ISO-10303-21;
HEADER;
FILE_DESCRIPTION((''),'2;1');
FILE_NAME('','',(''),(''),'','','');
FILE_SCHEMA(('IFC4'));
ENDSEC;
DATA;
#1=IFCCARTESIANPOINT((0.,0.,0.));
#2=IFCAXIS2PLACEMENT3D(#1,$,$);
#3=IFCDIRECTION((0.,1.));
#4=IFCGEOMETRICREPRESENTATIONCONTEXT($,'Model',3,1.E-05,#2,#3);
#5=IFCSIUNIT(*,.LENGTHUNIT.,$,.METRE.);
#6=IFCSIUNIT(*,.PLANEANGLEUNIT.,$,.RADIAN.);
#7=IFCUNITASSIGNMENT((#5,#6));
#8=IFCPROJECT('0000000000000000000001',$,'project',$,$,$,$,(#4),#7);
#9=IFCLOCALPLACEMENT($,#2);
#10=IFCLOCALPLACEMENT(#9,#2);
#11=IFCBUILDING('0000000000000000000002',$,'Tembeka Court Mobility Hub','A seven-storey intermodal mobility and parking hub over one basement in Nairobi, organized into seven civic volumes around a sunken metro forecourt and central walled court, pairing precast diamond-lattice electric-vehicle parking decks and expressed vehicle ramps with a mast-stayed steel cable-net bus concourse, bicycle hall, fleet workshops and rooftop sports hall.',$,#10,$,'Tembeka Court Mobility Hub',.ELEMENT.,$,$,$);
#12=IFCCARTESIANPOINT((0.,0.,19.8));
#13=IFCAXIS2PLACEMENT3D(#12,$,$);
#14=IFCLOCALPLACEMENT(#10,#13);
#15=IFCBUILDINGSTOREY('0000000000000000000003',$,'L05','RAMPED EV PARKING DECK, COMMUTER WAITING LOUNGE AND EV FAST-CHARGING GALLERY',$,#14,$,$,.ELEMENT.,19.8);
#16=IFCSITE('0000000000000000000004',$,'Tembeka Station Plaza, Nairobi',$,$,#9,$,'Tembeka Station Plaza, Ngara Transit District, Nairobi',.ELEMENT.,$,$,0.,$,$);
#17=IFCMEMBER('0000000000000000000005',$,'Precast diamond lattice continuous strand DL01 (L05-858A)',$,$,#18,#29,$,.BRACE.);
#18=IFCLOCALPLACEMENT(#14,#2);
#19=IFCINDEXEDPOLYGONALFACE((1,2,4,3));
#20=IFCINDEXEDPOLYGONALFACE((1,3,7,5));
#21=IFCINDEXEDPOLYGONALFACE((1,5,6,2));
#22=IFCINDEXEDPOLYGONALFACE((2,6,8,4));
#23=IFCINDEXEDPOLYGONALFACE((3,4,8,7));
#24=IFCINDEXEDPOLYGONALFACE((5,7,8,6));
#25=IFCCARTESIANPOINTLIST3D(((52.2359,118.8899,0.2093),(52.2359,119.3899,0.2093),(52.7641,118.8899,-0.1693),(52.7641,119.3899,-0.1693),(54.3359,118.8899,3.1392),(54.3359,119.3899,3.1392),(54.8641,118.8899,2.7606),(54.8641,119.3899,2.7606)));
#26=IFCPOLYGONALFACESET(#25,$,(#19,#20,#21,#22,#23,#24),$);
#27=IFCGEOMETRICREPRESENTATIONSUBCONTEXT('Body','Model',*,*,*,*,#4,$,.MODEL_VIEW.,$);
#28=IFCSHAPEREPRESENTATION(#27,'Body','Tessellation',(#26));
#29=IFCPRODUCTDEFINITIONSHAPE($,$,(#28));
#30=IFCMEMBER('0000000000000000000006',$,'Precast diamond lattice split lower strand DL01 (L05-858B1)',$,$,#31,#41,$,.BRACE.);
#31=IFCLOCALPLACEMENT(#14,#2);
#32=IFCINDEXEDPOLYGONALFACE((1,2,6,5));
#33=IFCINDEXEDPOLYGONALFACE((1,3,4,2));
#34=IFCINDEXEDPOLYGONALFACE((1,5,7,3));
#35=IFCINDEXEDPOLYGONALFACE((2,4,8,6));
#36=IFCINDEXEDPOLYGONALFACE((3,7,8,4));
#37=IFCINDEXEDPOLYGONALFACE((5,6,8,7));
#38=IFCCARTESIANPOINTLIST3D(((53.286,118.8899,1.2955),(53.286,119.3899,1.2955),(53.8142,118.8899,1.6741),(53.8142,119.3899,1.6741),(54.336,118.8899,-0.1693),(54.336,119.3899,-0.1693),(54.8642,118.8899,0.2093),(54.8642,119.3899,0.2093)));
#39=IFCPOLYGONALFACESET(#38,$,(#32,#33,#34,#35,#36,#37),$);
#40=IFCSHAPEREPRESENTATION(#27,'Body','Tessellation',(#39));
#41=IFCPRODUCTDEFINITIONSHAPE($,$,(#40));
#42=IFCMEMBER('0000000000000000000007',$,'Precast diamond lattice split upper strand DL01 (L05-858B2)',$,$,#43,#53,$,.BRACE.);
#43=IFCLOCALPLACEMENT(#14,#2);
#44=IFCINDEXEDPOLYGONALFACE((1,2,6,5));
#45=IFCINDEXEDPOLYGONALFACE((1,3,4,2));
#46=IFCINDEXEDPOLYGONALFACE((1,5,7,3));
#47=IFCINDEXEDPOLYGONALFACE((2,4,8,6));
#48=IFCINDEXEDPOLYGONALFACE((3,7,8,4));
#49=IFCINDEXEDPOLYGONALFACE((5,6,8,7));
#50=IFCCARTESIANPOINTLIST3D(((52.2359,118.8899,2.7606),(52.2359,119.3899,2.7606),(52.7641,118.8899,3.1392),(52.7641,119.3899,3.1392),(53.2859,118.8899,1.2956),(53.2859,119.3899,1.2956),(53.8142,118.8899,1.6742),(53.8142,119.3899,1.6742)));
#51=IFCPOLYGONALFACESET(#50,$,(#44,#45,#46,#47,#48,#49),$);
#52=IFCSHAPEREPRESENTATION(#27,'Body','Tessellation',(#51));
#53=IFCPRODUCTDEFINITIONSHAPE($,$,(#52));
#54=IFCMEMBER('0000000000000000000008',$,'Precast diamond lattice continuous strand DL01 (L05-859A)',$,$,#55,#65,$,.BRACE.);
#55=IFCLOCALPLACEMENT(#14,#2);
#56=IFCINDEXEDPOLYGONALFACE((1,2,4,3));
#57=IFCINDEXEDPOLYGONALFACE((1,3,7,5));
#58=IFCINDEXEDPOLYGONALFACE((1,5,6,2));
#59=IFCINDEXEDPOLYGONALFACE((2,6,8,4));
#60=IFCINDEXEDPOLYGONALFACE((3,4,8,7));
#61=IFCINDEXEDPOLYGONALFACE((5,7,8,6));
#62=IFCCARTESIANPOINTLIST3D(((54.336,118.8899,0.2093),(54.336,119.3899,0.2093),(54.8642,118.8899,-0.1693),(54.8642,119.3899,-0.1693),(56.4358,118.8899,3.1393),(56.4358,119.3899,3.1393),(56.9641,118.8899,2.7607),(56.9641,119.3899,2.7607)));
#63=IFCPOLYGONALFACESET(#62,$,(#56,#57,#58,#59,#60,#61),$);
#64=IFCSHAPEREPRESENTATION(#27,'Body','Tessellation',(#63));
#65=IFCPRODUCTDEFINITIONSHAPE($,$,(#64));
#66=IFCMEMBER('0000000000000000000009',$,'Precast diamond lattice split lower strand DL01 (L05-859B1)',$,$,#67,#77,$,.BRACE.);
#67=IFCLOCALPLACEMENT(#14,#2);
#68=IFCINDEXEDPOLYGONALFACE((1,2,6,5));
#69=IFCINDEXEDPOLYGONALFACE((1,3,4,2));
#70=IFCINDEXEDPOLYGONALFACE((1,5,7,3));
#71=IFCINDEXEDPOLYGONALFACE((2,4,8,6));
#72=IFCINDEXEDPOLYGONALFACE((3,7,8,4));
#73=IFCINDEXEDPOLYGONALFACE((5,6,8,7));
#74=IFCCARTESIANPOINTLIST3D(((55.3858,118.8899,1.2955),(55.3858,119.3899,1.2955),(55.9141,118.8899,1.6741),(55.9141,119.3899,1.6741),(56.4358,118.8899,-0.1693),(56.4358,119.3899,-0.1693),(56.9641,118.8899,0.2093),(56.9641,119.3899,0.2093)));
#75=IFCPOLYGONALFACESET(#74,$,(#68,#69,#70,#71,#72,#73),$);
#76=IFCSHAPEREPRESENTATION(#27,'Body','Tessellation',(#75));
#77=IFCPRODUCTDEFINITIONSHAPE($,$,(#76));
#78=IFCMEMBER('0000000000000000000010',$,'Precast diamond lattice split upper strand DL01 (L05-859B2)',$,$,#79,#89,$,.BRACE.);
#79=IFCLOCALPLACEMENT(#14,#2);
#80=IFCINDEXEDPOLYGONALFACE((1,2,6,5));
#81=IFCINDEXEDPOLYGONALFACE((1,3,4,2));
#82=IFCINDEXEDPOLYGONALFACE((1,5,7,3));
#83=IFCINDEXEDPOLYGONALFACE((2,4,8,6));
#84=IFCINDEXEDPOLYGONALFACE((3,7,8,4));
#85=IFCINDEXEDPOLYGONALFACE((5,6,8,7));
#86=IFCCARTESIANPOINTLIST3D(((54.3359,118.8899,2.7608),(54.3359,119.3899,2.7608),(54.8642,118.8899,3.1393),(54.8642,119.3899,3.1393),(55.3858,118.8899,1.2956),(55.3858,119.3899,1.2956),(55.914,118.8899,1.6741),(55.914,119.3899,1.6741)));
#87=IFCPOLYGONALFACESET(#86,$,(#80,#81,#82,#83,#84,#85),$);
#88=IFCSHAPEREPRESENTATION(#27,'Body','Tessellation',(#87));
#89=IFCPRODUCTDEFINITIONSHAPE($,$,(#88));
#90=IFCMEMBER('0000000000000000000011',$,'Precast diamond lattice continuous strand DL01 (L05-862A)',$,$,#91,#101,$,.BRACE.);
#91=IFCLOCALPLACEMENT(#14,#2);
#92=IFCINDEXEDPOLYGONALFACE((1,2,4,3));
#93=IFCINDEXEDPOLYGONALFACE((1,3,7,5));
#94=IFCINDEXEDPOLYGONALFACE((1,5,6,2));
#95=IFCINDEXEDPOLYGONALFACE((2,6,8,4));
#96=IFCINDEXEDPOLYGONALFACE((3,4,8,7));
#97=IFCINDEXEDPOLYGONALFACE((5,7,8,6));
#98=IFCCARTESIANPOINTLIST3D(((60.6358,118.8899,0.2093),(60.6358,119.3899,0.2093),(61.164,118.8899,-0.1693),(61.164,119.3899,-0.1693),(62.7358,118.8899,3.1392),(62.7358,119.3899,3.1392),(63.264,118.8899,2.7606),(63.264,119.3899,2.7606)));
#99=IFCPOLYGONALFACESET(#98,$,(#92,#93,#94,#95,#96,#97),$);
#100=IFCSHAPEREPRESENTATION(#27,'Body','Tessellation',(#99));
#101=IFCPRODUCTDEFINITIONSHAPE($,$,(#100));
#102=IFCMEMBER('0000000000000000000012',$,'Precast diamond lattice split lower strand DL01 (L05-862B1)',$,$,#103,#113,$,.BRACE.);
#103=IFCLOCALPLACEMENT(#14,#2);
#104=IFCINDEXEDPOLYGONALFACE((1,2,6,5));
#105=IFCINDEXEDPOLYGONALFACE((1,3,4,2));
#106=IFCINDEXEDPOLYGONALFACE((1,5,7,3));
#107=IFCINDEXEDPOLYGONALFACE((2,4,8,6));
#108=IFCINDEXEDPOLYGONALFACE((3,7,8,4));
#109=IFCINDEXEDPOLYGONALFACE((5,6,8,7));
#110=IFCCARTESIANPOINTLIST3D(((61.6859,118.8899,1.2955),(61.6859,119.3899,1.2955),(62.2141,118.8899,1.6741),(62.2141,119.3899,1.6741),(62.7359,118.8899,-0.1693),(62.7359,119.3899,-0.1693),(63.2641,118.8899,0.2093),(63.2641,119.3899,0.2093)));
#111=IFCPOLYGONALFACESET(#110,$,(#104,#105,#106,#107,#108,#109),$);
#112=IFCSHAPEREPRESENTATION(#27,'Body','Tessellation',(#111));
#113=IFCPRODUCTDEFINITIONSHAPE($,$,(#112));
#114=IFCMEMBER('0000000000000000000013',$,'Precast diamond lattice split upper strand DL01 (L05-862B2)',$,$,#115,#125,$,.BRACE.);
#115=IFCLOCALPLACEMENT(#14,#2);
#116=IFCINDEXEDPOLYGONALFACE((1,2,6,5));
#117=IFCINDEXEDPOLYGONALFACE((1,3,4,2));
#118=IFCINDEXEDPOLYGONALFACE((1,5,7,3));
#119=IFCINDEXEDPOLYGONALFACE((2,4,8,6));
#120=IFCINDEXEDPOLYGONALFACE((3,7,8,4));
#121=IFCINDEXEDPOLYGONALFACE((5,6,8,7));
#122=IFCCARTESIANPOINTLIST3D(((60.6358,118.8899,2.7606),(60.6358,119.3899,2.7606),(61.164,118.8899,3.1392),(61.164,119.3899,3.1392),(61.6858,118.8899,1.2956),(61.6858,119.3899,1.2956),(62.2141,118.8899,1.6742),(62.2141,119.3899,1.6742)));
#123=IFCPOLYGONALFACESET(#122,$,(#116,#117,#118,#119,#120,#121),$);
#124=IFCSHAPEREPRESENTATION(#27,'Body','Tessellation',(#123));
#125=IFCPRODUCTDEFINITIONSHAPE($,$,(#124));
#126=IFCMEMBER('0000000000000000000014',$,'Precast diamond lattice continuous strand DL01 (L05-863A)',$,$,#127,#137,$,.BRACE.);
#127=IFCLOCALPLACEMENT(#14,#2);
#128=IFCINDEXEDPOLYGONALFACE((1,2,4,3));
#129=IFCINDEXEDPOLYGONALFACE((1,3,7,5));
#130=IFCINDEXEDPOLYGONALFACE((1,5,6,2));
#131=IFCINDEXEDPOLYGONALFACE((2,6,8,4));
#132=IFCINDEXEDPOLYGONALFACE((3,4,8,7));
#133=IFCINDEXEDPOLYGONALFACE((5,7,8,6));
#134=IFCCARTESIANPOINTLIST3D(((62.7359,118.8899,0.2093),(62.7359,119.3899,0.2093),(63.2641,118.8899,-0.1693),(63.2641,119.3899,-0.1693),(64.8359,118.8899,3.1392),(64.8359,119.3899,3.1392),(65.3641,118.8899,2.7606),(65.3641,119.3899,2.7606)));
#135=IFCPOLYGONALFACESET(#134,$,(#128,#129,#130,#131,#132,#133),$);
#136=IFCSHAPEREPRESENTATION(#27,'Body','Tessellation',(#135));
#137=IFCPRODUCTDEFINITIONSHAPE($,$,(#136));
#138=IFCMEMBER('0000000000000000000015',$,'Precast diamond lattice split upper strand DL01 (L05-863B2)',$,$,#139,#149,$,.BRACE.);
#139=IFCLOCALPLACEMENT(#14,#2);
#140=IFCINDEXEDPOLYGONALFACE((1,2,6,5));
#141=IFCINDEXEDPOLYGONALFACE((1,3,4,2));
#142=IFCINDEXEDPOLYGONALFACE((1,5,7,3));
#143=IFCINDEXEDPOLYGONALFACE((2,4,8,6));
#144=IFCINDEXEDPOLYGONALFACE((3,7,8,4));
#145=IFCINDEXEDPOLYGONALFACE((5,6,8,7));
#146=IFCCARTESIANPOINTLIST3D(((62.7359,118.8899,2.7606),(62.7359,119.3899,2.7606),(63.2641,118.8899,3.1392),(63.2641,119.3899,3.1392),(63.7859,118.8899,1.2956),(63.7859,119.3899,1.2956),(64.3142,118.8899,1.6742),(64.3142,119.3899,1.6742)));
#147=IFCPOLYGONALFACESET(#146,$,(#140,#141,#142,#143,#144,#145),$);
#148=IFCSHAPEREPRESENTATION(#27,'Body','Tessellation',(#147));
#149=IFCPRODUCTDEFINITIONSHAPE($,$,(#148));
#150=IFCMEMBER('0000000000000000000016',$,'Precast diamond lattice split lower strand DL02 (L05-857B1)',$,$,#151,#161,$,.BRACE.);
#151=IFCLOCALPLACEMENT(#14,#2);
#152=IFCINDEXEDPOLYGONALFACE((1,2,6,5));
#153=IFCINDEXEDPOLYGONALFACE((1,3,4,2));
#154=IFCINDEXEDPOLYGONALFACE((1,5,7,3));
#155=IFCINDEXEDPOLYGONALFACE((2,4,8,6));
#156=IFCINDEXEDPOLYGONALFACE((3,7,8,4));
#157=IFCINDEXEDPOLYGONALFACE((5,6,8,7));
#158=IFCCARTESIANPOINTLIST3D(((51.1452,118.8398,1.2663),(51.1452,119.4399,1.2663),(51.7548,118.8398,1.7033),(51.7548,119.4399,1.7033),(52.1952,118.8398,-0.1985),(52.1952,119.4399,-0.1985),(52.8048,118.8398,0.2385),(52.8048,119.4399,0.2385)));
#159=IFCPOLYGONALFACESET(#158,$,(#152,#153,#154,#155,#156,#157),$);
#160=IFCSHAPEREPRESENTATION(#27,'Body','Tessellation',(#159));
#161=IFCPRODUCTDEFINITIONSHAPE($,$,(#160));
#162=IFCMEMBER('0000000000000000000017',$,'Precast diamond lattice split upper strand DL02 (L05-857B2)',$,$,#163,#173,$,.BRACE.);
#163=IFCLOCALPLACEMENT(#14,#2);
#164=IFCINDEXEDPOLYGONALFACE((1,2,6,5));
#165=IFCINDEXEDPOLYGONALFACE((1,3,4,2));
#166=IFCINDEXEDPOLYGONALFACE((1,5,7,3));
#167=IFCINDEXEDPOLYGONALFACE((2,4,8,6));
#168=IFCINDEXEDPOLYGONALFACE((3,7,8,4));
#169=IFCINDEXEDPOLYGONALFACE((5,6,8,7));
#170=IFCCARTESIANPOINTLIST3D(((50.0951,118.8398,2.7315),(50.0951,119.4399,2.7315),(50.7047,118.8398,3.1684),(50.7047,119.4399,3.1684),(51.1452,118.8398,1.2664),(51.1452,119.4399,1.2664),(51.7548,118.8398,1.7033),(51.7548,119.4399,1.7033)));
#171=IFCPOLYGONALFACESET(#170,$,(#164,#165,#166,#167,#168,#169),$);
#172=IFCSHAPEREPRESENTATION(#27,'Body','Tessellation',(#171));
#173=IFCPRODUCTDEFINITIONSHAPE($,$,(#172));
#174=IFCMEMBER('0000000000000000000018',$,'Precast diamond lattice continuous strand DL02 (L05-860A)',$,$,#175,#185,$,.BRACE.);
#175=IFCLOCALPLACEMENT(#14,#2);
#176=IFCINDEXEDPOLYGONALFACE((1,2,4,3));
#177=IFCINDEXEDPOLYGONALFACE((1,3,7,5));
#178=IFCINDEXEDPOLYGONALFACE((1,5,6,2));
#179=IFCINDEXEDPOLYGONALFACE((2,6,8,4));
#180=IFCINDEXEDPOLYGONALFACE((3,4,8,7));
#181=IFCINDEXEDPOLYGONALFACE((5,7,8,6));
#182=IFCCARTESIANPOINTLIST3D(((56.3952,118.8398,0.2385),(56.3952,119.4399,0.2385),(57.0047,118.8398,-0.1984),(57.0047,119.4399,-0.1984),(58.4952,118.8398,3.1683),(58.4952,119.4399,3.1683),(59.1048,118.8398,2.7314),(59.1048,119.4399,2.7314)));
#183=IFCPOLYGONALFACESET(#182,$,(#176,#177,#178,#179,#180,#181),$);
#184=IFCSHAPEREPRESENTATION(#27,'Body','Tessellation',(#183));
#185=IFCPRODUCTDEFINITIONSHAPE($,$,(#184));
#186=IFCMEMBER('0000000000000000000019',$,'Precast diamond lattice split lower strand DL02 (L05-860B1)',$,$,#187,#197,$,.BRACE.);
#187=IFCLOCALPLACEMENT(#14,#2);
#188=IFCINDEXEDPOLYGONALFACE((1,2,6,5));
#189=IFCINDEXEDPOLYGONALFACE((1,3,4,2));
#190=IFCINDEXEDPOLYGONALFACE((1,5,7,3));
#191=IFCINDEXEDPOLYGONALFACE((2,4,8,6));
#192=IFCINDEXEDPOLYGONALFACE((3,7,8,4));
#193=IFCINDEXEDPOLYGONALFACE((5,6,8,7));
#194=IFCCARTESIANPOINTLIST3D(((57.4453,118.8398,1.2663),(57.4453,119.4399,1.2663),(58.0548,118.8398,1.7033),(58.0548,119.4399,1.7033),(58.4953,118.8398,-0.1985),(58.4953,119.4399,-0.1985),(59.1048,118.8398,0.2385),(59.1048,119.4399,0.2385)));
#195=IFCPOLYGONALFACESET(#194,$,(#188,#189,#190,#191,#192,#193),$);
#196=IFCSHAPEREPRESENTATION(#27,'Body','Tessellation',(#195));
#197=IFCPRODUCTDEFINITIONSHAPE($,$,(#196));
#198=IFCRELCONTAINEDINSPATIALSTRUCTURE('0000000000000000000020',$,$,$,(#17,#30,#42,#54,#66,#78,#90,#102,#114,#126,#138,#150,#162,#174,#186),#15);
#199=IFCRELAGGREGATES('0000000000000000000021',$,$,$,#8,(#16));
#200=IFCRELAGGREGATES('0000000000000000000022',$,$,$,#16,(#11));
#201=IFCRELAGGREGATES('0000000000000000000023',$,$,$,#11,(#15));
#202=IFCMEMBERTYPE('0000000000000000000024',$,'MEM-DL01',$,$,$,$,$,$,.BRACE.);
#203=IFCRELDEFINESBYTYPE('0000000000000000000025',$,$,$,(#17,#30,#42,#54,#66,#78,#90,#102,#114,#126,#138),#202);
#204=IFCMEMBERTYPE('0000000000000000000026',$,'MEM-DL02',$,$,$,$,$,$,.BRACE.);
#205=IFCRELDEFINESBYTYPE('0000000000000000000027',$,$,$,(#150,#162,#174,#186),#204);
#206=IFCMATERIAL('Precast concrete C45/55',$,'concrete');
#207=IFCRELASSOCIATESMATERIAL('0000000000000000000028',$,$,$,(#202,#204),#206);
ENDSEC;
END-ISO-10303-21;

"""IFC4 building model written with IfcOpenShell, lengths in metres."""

from ifc_helpers import new_model, si_unit, direction, frame, origin, origin_2d, place, context, subcontext, project, spatial, rectangle, extrude, material, material_profile, profile_set, type_object, element, save


model = new_model("IFC4")

# Units and contexts
model_context = context("Model", 3, precision=1e-05, world=origin(), true_north=direction((0.0, 1.0)))
body_context = subcontext(model_context, "Body", "Model", "MODEL_VIEW")
ifc_project = project(units=[si_unit("LENGTHUNIT", "METRE"), si_unit("PLANEANGLEUNIT", "RADIAN")], contexts=[model_context])

# Site, building, storey
site_placement = place(None, origin())
site = spatial("IfcSite", under=ifc_project, at=site_placement, Name="Tembeka Station Plaza, Nairobi", LongName="Tembeka Station Plaza, Ngara Transit District, Nairobi", CompositionType="ELEMENT", RefElevation=0.0)
building_placement = place(site_placement, origin())
building = spatial("IfcBuilding", under=site, at=building_placement, Name="Tembeka Court Mobility Hub", Description="A seven-storey intermodal mobility and parking hub over one basement in Nairobi, organized into seven civic volumes around a sunken metro forecourt and central walled court, pairing precast diamond-lattice electric-vehicle parking decks and expressed vehicle ramps with a mast-stayed steel cable-net bus concourse, bicycle hall, fleet workshops and rooftop sports hall.", LongName="Tembeka Court Mobility Hub", CompositionType="ELEMENT")
storey_placement = place(building_placement, frame((0.0, 0.0, 19.8)))
storey = spatial("IfcBuildingStorey", under=building, at=storey_placement, Name="L05", Description="RAMPED EV PARKING DECK, COMMUTER WAITING LOUNGE AND EV FAST-CHARGING GALLERY", CompositionType="ELEMENT", Elevation=19.8)

# Members
ifc_material = material(Name="Precast concrete C45/55", Category="concrete")
ifc_material_profile_1 = material_profile(ifc_material, rectangle(XDim=0.5, YDim=0.6499, at=origin_2d()), Name="PC-DIAG 500x650")
ifc_profile_set_1 = profile_set([ifc_material_profile_1], Name="Precast concrete C45/55")
member_type_1 = type_object("IfcMemberType", Name="MEM-DL01", PredefinedType="BRACE", material=ifc_profile_set_1)
member_1_placement = place(storey_placement, frame((52.5, 119.1399, 0.02), z_axis=(0.582576, 0.0, 0.812776), x_axis=(0.0, 1.0, 0.0)))
element("IfcMember", 1, at=member_1_placement, inside=storey, type_object=member_type_1, Name="Precast diamond lattice continuous strand DL01 (L05-858A)", PredefinedType="BRACE", context=body_context, shape_type="SweptSolid", body=[
    extrude(rectangle(XDim=0.5, YDim=0.6499, at=origin_2d()), origin(), (0.0, 0.0, 1.0), 3.6047),
])
member_2_placement = place(storey_placement, frame((54.6001, 119.1399, 0.02), z_axis=(-0.582608, 0.0, 0.812753), x_axis=(0.0, -1.0, 0.0)))
element("IfcMember", 2, at=member_2_placement, inside=storey, type_object=member_type_1, Name="Precast diamond lattice split lower strand DL01 (L05-858B1)", PredefinedType="BRACE", context=body_context, shape_type="SweptSolid", body=[
    extrude(rectangle(XDim=0.5, YDim=0.6499, at=origin_2d()), origin(), (0.0, 0.0, 1.0), 1.8022),
])
member_3_placement = place(storey_placement, frame((53.55, 119.1399, 1.4849), z_axis=(-0.582544, 0.0, 0.812799), x_axis=(0.0, -1.0, 0.0)))
element("IfcMember", 3, at=member_3_placement, inside=storey, type_object=member_type_1, Name="Precast diamond lattice split upper strand DL01 (L05-858B2)", PredefinedType="BRACE", context=body_context, shape_type="SweptSolid", body=[
    extrude(rectangle(XDim=0.5, YDim=0.6499, at=origin_2d()), origin(), (0.0, 0.0, 1.0), 1.8025),
])
member_4_placement = place(storey_placement, frame((54.6001, 119.1399, 0.02), z_axis=(0.582532, 0.0, 0.812808), x_axis=(0.0, 1.0, 0.0)))
element("IfcMember", 4, at=member_4_placement, inside=storey, type_object=member_type_1, Name="Precast diamond lattice continuous strand DL01 (L05-859A)", PredefinedType="BRACE", context=body_context, shape_type="SweptSolid", body=[
    extrude(rectangle(XDim=0.5, YDim=0.6499, at=origin_2d()), origin(), (0.0, 0.0, 1.0), 3.6047),
])
member_5_placement = place(storey_placement, frame((56.7, 119.1399, 0.02), z_axis=(-0.582608, 0.0, 0.812753), x_axis=(0.0, -1.0, 0.0)))
element("IfcMember", 5, at=member_5_placement, inside=storey, type_object=member_type_1, Name="Precast diamond lattice split lower strand DL01 (L05-859B1)", PredefinedType="BRACE", context=body_context, shape_type="SweptSolid", body=[
    extrude(rectangle(XDim=0.5, YDim=0.6499, at=origin_2d()), origin(), (0.0, 0.0, 1.0), 1.8022),
])
member_6_placement = place(storey_placement, frame((55.6499, 119.1399, 1.4849), z_axis=(-0.582455, 0.0, 0.812863), x_axis=(0.0, -1.0, 0.0)))
element("IfcMember", 6, at=member_6_placement, inside=storey, type_object=member_type_1, Name="Precast diamond lattice split upper strand DL01 (L05-859B2)", PredefinedType="BRACE", context=body_context, shape_type="SweptSolid", body=[
    extrude(rectangle(XDim=0.5, YDim=0.6499, at=origin_2d()), origin(), (0.0, 0.0, 1.0), 1.8025),
])
member_7_placement = place(storey_placement, frame((60.8999, 119.1399, 0.02), z_axis=(0.582576, 0.0, 0.812776), x_axis=(0.0, 1.0, 0.0)))
element("IfcMember", 7, at=member_7_placement, inside=storey, type_object=member_type_1, Name="Precast diamond lattice continuous strand DL01 (L05-862A)", PredefinedType="BRACE", context=body_context, shape_type="SweptSolid", body=[
    extrude(rectangle(XDim=0.5, YDim=0.6499, at=origin_2d()), origin(), (0.0, 0.0, 1.0), 3.6047),
])
member_8_placement = place(storey_placement, frame((63.0, 119.1399, 0.02), z_axis=(-0.582608, 0.0, 0.812753), x_axis=(0.0, -1.0, 0.0)))
element("IfcMember", 8, at=member_8_placement, inside=storey, type_object=member_type_1, Name="Precast diamond lattice split lower strand DL01 (L05-862B1)", PredefinedType="BRACE", context=body_context, shape_type="SweptSolid", body=[
    extrude(rectangle(XDim=0.5, YDim=0.6499, at=origin_2d()), origin(), (0.0, 0.0, 1.0), 1.8022),
])
member_9_placement = place(storey_placement, frame((61.95, 119.1399, 1.4849), z_axis=(-0.582544, 0.0, 0.812799), x_axis=(0.0, -1.0, 0.0)))
element("IfcMember", 9, at=member_9_placement, inside=storey, type_object=member_type_1, Name="Precast diamond lattice split upper strand DL01 (L05-862B2)", PredefinedType="BRACE", context=body_context, shape_type="SweptSolid", body=[
    extrude(rectangle(XDim=0.5, YDim=0.6499, at=origin_2d()), origin(), (0.0, 0.0, 1.0), 1.8025),
])
member_10_placement = place(storey_placement, frame((63.0, 119.1399, 0.02), z_axis=(0.582576, 0.0, 0.812776), x_axis=(0.0, 1.0, 0.0)))
element("IfcMember", 10, at=member_10_placement, inside=storey, type_object=member_type_1, Name="Precast diamond lattice continuous strand DL01 (L05-863A)", PredefinedType="BRACE", context=body_context, shape_type="SweptSolid", body=[
    extrude(rectangle(XDim=0.5, YDim=0.6499, at=origin_2d()), origin(), (0.0, 0.0, 1.0), 3.6047),
])
member_11_placement = place(storey_placement, frame((64.05, 119.1399, 1.4849), z_axis=(-0.582544, 0.0, 0.812799), x_axis=(0.0, -1.0, 0.0)))
element("IfcMember", 11, at=member_11_placement, inside=storey, type_object=member_type_1, Name="Precast diamond lattice split upper strand DL01 (L05-863B2)", PredefinedType="BRACE", context=body_context, shape_type="SweptSolid", body=[
    extrude(rectangle(XDim=0.5, YDim=0.6499, at=origin_2d()), origin(), (0.0, 0.0, 1.0), 1.8025),
])
ifc_material_profile_2 = material_profile(ifc_material, rectangle(XDim=0.6001, YDim=0.75, at=origin_2d()), Name="PC-DIAG 600x750")
ifc_profile_set_2 = profile_set([ifc_material_profile_2], Name="Precast concrete C45/55")
member_type_2 = type_object("IfcMemberType", Name="MEM-DL02", PredefinedType="BRACE", material=ifc_profile_set_2)
member_12_placement = place(storey_placement, frame((52.5, 119.1399, 0.02), z_axis=(-0.582608, 0.0, 0.812753), x_axis=(0.0, -1.0, 0.0)))
element("IfcMember", 12, at=member_12_placement, inside=storey, type_object=member_type_2, Name="Precast diamond lattice split lower strand DL02 (L05-857B1)", PredefinedType="BRACE", context=body_context, shape_type="SweptSolid", body=[
    extrude(rectangle(XDim=0.6001, YDim=0.75, at=origin_2d()), origin(), (0.0, 0.0, 1.0), 1.8022),
])
member_13_placement = place(storey_placement, frame((51.45, 119.1399, 1.4849), z_axis=(-0.582544, 0.0, 0.812799), x_axis=(0.0, -1.0, 0.0)))
element("IfcMember", 13, at=member_13_placement, inside=storey, type_object=member_type_2, Name="Precast diamond lattice split upper strand DL02 (L05-857B2)", PredefinedType="BRACE", context=body_context, shape_type="SweptSolid", body=[
    extrude(rectangle(XDim=0.6001, YDim=0.75, at=origin_2d()), origin(), (0.0, 0.0, 1.0), 1.8025),
])
member_14_placement = place(storey_placement, frame((56.7, 119.1399, 0.02), z_axis=(0.582576, 0.0, 0.812776), x_axis=(0.0, 1.0, 0.0)))
element("IfcMember", 14, at=member_14_placement, inside=storey, type_object=member_type_2, Name="Precast diamond lattice continuous strand DL02 (L05-860A)", PredefinedType="BRACE", context=body_context, shape_type="SweptSolid", body=[
    extrude(rectangle(XDim=0.6001, YDim=0.75, at=origin_2d()), origin(), (0.0, 0.0, 1.0), 3.6047),
])
member_15_placement = place(storey_placement, frame((58.8, 119.1399, 0.02), z_axis=(-0.582608, 0.0, 0.812753), x_axis=(0.0, -1.0, 0.0)))
element("IfcMember", 15, at=member_15_placement, inside=storey, type_object=member_type_2, Name="Precast diamond lattice split lower strand DL02 (L05-860B1)", PredefinedType="BRACE", context=body_context, shape_type="SweptSolid", body=[
    extrude(rectangle(XDim=0.6001, YDim=0.75, at=origin_2d()), origin(), (0.0, 0.0, 1.0), 1.8022),
])

save(model, "model.ifc")
